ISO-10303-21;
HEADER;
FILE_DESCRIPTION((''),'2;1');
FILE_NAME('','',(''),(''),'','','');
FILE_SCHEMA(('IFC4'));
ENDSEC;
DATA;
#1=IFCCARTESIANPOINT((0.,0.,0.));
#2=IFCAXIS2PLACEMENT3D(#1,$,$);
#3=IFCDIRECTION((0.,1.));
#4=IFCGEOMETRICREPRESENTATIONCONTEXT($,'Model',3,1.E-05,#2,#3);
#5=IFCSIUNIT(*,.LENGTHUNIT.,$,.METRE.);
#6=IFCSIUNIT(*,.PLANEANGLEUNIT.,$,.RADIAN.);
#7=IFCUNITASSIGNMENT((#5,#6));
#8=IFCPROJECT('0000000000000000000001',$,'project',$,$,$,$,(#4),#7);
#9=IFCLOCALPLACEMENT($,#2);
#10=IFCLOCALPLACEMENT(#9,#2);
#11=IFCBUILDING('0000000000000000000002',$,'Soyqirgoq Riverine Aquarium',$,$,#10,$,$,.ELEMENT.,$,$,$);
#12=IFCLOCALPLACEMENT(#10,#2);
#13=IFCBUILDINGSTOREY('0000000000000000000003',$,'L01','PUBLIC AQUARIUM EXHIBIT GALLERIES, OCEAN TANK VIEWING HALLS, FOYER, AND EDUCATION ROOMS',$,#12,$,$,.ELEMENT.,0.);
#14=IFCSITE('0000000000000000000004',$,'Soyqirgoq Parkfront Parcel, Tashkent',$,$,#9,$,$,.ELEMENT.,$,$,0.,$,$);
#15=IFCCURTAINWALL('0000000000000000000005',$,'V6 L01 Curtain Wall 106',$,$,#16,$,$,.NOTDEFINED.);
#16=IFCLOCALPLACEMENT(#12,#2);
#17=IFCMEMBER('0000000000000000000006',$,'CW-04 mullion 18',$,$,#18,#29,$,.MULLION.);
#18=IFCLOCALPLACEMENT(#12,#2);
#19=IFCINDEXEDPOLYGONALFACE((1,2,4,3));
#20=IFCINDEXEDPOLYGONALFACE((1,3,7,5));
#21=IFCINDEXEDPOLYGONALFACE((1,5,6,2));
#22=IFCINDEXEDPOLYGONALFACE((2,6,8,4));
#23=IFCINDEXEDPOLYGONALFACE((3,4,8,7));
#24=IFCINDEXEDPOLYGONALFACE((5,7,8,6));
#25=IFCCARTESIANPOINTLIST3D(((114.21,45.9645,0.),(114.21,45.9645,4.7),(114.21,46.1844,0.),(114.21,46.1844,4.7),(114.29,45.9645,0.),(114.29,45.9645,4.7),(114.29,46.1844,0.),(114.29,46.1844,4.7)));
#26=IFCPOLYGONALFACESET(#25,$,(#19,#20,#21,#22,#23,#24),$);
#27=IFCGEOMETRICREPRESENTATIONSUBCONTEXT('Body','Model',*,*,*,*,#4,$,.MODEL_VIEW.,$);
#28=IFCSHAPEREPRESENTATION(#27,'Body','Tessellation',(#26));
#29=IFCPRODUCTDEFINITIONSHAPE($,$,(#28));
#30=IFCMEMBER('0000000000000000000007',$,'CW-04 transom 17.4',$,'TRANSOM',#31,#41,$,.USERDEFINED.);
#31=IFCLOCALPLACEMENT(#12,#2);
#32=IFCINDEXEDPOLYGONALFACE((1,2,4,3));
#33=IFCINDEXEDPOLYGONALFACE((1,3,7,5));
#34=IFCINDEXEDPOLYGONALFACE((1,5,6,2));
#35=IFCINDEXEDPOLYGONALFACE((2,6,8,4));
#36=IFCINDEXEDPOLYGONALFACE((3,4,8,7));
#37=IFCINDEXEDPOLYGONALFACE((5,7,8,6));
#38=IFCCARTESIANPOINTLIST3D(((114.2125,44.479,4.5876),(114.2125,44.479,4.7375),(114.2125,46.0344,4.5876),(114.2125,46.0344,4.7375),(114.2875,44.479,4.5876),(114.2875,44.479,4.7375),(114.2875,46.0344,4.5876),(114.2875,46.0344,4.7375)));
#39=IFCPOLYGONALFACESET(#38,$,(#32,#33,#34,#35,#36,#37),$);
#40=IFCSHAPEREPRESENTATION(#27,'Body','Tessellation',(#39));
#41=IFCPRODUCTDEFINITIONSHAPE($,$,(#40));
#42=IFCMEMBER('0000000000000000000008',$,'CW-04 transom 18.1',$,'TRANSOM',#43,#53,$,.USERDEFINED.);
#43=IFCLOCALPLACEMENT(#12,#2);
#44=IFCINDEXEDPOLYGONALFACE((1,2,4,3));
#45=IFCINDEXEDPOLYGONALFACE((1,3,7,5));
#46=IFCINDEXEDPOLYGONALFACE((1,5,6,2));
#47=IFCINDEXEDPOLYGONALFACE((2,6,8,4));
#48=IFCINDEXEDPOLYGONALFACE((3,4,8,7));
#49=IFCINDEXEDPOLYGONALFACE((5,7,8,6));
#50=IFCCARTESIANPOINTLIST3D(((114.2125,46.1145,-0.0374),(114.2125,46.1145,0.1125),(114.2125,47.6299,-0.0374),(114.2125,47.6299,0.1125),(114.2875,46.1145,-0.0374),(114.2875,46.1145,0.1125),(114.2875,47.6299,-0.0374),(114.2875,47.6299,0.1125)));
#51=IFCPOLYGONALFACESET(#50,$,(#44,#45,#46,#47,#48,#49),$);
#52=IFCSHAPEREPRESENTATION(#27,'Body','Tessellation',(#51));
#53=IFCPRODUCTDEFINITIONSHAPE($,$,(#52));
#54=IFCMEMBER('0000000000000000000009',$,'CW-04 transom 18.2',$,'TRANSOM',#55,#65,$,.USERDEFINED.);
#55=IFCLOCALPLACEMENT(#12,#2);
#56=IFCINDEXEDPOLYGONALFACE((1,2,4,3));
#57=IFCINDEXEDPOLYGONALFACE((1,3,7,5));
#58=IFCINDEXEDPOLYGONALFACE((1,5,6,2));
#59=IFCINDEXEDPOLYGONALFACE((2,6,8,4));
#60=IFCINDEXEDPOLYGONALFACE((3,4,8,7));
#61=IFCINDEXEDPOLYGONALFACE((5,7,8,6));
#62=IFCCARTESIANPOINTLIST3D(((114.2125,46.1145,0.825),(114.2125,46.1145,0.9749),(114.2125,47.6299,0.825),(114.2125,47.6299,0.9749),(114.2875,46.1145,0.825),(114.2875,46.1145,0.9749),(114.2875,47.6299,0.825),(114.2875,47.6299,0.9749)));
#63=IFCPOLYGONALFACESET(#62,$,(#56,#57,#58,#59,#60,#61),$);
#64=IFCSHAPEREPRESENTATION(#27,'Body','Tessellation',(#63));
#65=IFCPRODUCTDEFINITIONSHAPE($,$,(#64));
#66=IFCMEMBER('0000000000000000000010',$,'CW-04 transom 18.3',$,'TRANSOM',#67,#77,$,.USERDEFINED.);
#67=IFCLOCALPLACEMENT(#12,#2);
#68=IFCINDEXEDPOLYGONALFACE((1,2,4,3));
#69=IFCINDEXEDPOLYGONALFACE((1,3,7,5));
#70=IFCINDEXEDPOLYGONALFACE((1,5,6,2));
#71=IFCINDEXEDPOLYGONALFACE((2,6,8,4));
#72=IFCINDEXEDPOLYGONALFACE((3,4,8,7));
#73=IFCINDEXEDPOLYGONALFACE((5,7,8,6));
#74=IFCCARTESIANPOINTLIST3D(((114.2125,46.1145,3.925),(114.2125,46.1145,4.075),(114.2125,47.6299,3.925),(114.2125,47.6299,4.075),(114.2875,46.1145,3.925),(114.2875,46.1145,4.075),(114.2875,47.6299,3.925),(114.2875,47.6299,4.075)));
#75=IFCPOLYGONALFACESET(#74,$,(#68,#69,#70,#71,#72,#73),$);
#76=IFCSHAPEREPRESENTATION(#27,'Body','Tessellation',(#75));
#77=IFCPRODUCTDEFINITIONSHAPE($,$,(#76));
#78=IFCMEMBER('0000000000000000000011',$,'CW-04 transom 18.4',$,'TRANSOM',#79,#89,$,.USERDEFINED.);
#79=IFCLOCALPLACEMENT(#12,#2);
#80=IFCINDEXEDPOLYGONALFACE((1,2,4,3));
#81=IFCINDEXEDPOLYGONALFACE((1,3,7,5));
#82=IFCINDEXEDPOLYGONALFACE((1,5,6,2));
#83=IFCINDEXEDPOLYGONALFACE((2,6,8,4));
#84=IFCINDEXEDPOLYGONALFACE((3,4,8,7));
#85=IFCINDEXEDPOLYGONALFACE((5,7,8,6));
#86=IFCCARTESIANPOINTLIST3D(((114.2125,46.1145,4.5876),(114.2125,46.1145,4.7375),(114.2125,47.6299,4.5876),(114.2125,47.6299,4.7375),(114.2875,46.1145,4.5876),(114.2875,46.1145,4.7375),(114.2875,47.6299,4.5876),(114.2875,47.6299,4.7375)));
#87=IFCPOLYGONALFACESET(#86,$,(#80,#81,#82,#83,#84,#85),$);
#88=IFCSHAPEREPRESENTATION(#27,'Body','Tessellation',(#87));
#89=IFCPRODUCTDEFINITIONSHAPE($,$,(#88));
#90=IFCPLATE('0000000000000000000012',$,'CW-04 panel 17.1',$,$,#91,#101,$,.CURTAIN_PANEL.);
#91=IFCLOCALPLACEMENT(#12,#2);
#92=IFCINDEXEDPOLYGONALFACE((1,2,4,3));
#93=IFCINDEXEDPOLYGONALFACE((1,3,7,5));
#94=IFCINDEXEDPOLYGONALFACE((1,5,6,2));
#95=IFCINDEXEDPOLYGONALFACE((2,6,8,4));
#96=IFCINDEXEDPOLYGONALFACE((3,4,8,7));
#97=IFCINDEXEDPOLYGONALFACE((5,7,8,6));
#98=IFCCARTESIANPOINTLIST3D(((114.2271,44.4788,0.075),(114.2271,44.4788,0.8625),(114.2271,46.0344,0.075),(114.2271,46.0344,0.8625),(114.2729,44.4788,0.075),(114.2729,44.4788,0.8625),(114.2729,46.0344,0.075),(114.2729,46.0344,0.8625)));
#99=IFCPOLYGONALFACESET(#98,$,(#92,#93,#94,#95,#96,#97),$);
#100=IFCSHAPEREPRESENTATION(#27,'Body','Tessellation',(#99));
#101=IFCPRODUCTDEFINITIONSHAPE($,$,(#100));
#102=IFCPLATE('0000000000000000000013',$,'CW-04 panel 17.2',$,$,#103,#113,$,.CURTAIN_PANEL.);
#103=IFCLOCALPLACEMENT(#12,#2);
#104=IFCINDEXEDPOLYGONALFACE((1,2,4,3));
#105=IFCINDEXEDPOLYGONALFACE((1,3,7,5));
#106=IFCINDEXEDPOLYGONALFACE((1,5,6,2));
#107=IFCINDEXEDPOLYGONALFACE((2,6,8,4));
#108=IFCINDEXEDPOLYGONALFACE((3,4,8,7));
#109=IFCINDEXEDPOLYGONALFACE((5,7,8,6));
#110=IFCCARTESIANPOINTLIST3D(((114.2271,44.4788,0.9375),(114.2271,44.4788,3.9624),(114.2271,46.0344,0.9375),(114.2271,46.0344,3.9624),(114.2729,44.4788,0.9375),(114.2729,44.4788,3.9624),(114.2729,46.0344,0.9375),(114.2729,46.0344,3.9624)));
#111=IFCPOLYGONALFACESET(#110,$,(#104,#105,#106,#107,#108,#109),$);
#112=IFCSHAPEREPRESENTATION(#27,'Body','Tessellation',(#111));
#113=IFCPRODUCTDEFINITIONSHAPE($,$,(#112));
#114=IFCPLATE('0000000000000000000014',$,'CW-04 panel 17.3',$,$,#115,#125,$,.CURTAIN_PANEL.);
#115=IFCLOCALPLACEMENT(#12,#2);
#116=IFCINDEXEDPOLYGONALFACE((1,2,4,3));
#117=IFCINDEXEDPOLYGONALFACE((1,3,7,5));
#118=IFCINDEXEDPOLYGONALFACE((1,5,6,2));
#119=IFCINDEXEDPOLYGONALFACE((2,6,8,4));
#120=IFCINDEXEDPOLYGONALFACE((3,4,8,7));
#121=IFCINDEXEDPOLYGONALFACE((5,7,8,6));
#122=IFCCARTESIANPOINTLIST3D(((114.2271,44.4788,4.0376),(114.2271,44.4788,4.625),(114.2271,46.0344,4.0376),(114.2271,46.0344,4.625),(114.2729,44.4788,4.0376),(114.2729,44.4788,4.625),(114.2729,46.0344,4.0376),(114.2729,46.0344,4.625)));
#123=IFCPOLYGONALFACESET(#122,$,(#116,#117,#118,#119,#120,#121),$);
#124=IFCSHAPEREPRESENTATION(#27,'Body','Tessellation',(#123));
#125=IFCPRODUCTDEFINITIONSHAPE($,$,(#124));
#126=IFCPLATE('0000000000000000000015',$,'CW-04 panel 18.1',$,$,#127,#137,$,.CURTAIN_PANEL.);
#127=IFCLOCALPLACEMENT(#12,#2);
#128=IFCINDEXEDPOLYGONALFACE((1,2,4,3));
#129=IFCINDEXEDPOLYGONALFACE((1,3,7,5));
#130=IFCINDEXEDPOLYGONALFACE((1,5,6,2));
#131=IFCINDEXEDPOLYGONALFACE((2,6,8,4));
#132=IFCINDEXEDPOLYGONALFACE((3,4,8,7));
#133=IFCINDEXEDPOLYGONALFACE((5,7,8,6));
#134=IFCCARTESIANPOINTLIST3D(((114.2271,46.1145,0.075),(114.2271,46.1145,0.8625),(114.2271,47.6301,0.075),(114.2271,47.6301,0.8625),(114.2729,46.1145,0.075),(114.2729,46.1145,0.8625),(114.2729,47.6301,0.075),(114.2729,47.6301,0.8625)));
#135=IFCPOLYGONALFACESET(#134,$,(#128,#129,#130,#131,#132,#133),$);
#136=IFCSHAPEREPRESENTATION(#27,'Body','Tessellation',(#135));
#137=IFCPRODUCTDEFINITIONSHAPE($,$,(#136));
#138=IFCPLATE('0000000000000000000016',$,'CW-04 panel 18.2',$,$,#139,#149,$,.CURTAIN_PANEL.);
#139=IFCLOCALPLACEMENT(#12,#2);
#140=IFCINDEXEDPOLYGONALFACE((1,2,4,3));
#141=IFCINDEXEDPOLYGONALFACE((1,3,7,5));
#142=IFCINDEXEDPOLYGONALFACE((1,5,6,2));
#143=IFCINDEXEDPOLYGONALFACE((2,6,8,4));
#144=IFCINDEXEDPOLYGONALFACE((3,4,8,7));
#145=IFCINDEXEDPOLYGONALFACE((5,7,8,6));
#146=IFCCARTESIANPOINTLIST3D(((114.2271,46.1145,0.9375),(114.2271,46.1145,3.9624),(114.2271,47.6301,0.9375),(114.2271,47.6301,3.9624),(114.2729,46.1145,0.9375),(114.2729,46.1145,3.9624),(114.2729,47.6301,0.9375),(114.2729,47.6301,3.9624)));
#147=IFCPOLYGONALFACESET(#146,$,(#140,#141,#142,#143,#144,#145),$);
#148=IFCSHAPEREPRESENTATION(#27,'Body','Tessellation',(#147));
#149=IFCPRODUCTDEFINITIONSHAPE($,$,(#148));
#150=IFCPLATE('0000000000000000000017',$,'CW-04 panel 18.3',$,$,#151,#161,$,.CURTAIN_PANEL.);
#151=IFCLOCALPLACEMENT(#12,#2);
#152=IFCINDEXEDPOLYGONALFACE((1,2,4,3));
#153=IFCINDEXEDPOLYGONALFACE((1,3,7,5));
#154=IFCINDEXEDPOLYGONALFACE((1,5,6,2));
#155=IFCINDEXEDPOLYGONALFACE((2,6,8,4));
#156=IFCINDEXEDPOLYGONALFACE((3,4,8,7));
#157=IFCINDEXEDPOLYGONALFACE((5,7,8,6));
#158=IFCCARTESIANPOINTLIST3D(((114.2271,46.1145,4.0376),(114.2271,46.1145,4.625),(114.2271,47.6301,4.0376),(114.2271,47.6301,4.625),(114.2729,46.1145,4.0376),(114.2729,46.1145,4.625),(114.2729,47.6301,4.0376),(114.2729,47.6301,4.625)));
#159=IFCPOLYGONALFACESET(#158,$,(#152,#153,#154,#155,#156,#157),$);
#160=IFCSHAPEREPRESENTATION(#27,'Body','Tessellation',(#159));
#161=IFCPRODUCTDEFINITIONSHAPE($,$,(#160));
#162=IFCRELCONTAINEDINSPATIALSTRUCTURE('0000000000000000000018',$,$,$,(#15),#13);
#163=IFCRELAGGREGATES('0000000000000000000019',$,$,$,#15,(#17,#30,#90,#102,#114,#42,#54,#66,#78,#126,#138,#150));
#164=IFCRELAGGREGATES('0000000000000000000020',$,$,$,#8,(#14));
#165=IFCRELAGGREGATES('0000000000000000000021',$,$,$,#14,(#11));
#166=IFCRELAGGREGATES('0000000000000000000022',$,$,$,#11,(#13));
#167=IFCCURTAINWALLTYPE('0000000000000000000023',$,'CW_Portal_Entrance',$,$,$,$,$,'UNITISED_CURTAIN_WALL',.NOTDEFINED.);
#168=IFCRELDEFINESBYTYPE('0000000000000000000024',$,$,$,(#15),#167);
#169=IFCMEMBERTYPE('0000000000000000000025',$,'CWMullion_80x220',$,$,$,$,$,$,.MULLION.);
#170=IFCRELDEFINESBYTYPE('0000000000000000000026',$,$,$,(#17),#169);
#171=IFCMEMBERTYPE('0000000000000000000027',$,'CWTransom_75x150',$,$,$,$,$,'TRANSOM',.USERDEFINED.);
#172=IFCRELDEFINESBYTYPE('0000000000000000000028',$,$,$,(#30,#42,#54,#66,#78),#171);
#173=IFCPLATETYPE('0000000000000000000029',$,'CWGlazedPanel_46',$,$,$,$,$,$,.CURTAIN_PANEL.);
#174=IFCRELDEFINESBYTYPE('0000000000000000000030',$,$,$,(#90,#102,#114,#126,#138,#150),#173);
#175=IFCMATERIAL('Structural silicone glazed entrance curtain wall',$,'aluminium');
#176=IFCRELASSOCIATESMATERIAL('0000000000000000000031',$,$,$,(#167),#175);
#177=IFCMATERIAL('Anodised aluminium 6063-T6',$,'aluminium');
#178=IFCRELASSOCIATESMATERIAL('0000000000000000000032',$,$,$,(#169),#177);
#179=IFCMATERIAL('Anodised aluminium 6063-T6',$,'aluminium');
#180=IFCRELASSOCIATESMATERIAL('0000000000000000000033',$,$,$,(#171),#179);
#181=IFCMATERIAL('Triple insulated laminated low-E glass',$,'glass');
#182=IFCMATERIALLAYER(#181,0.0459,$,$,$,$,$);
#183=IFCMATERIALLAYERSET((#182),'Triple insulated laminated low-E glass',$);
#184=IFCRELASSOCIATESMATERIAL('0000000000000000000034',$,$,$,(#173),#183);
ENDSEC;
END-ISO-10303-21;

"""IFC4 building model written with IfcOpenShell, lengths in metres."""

from ifc_helpers import new_model, si_unit, direction, frame, origin, origin_2d, place, context, subcontext, project, spatial, rectangle, extrude, material, layer, layer_set, material_profile, profile_set, type_object, element, aggregate, save


model = new_model("IFC4")

# Units and contexts
model_context = context("Model", 3, precision=1e-05, world=origin(), true_north=direction((0.0, 1.0)))
body_context = subcontext(model_context, "Body", "Model", "MODEL_VIEW")
ifc_project = project(units=[si_unit("LENGTHUNIT", "METRE"), si_unit("PLANEANGLEUNIT", "RADIAN")], contexts=[model_context])

# Site, building, storey
site_placement = place(None, origin())
site = spatial("IfcSite", under=ifc_project, at=site_placement, Name="Soyqirgoq Parkfront Parcel, Tashkent", CompositionType="ELEMENT", RefElevation=0.0)
building_placement = place(site_placement, origin())
building = spatial("IfcBuilding", under=site, at=building_placement, Name="Soyqirgoq Riverine Aquarium", CompositionType="ELEMENT")
storey_placement = place(building_placement, origin())
storey = spatial("IfcBuildingStorey", under=building, at=storey_placement, Name="L01", Description="PUBLIC AQUARIUM EXHIBIT GALLERIES, OCEAN TANK VIEWING HALLS, FOYER, AND EDUCATION ROOMS", CompositionType="ELEMENT", Elevation=0.0)

# Curtain wall, members, plates
ifc_material_1 = material(Name="Structural silicone glazed entrance curtain wall", Category="aluminium")
curtain_wall_type = type_object("IfcCurtainWallType", Name="CW_Portal_Entrance", ElementType="UNITISED_CURTAIN_WALL", PredefinedType="NOTDEFINED", material=ifc_material_1)
curtain_wall_placement = place(storey_placement, origin())
curtain_wall = element("IfcCurtainWall", 1, at=curtain_wall_placement, inside=storey, type_object=curtain_wall_type, Name="V6 L01 Curtain Wall 106", PredefinedType="NOTDEFINED")
ifc_material_2 = material(Name="Anodised aluminium 6063-T6", Category="aluminium")
ifc_material_profile_1 = material_profile(ifc_material_2, rectangle(XDim=0.0801, YDim=0.22, at=origin_2d()), Name="ALU-M 80x220")
ifc_profile_set_1 = profile_set([ifc_material_profile_1], Name="Anodised aluminium 6063-T6")
member_type_1 = type_object("IfcMemberType", Name="CWMullion_80x220", PredefinedType="MULLION", material=ifc_profile_set_1)
member_1_placement = place(storey_placement, frame((114.25, 46.0745, 0.0), z_axis=(0.0, 0.0, 1.0), x_axis=(-1.0, 0.0, 0.0)))
member_1 = element("IfcMember", 2, at=member_1_placement, type_object=member_type_1, Name="CW-04 mullion 18", PredefinedType="MULLION", context=body_context, shape_type="SweptSolid", body=[
    extrude(rectangle(XDim=0.0801, YDim=0.22, at=origin_2d()), origin(), (0.0, 0.0, 1.0), 4.7),
])
ifc_material_3 = material(Name="Anodised aluminium 6063-T6", Category="aluminium")
ifc_material_profile_2 = material_profile(ifc_material_3, rectangle(XDim=0.075, YDim=0.1499, at=origin_2d()), Name="ALU-T 75x150")
ifc_profile_set_2 = profile_set([ifc_material_profile_2], Name="Anodised aluminium 6063-T6")
member_type_2 = type_object("IfcMemberType", Name="CWTransom_75x150", ElementType="TRANSOM", PredefinedType="USERDEFINED", material=ifc_profile_set_2)
member_2_placement = place(storey_placement, frame((114.25, 44.479, 4.6626), z_axis=(0.0, 1.0, 0.0), x_axis=(-1.0, 0.0, 0.0)))
member_2 = element("IfcMember", 3, at=member_2_placement, type_object=member_type_2, Name="CW-04 transom 17.4", ObjectType="TRANSOM", PredefinedType="USERDEFINED", context=body_context, shape_type="SweptSolid", body=[
    extrude(rectangle(XDim=0.075, YDim=0.1499, at=origin_2d()), origin(), (0.0, 0.0, 1.0), 1.5554),
])
member_3_placement = place(storey_placement, frame((114.25, 46.1145, 0.0376), z_axis=(0.0, 1.0, 0.0), x_axis=(-1.0, 0.0, 0.0)))
member_3 = element("IfcMember", 4, at=member_3_placement, type_object=member_type_2, Name="CW-04 transom 18.1", ObjectType="TRANSOM", PredefinedType="USERDEFINED", context=body_context, shape_type="SweptSolid", body=[
    extrude(rectangle(XDim=0.075, YDim=0.1499, at=origin_2d()), origin(), (0.0, 0.0, 1.0), 1.5154),
])
member_4_placement = place(storey_placement, frame((114.25, 46.1145, 0.8999), z_axis=(0.0, 1.0, 0.0), x_axis=(-1.0, 0.0, 0.0)))
member_4 = element("IfcMember", 5, at=member_4_placement, type_object=member_type_2, Name="CW-04 transom 18.2", ObjectType="TRANSOM", PredefinedType="USERDEFINED", context=body_context, shape_type="SweptSolid", body=[
    extrude(rectangle(XDim=0.075, YDim=0.1499, at=origin_2d()), origin(), (0.0, 0.0, 1.0), 1.5154),
])
member_5_placement = place(storey_placement, frame((114.25, 46.1145, 4.0), z_axis=(0.0, 1.0, 0.0), x_axis=(-1.0, 0.0, 0.0)))
member_5 = element("IfcMember", 6, at=member_5_placement, type_object=member_type_2, Name="CW-04 transom 18.3", ObjectType="TRANSOM", PredefinedType="USERDEFINED", context=body_context, shape_type="SweptSolid", body=[
    extrude(rectangle(XDim=0.075, YDim=0.1499, at=origin_2d()), origin(), (0.0, 0.0, 1.0), 1.5154),
])
member_6_placement = place(storey_placement, frame((114.25, 46.1145, 4.6626), z_axis=(0.0, 1.0, 0.0), x_axis=(-1.0, 0.0, 0.0)))
member_6 = element("IfcMember", 7, at=member_6_placement, type_object=member_type_2, Name="CW-04 transom 18.4", ObjectType="TRANSOM", PredefinedType="USERDEFINED", context=body_context, shape_type="SweptSolid", body=[
    extrude(rectangle(XDim=0.075, YDim=0.1499, at=origin_2d()), origin(), (0.0, 0.0, 1.0), 1.5154),
])
ifc_material_4 = material(Name="Triple insulated laminated low-E glass", Category="glass")
ifc_layer = layer(ifc_material_4, 0.0459)
ifc_layer_set = layer_set([ifc_layer], Name="Triple insulated laminated low-E glass")
plate_type = type_object("IfcPlateType", Name="CWGlazedPanel_46", PredefinedType="CURTAIN_PANEL", material=ifc_layer_set)
plate_1_placement = place(storey_placement, frame((114.25, 45.2566, 0.075), z_axis=(0.0, 0.0, 1.0), x_axis=(0.0, 1.0, 0.0)))
plate_1 = element("IfcPlate", 8, at=plate_1_placement, type_object=plate_type, Name="CW-04 panel 17.1", PredefinedType="CURTAIN_PANEL", context=body_context, shape_type="SweptSolid", body=[
    extrude(rectangle(XDim=1.5557, YDim=0.0459, at=origin_2d()), origin(), (0.0, 0.0, 1.0), 0.7876),
])
plate_2_placement = place(storey_placement, frame((114.25, 45.2566, 0.9375), z_axis=(0.0, 0.0, 1.0), x_axis=(0.0, 1.0, 0.0)))
plate_2 = element("IfcPlate", 9, at=plate_2_placement, type_object=plate_type, Name="CW-04 panel 17.2", PredefinedType="CURTAIN_PANEL", context=body_context, shape_type="SweptSolid", body=[
    extrude(rectangle(XDim=1.5557, YDim=0.0459, at=origin_2d()), origin(), (0.0, 0.0, 1.0), 3.0249),
])
plate_3_placement = place(storey_placement, frame((114.25, 45.2566, 4.0376), z_axis=(0.0, 0.0, 1.0), x_axis=(0.0, 1.0, 0.0)))
plate_3 = element("IfcPlate", 10, at=plate_3_placement, type_object=plate_type, Name="CW-04 panel 17.3", PredefinedType="CURTAIN_PANEL", context=body_context, shape_type="SweptSolid", body=[
    extrude(rectangle(XDim=1.5557, YDim=0.0459, at=origin_2d()), origin(), (0.0, 0.0, 1.0), 0.5874),
])
plate_4_placement = place(storey_placement, frame((114.25, 46.8723, 0.075), z_axis=(0.0, 0.0, 1.0), x_axis=(0.0, 1.0, 0.0)))
plate_4 = element("IfcPlate", 11, at=plate_4_placement, type_object=plate_type, Name="CW-04 panel 18.1", PredefinedType="CURTAIN_PANEL", context=body_context, shape_type="SweptSolid", body=[
    extrude(rectangle(XDim=1.5156, YDim=0.0459, at=origin_2d()), origin(), (0.0, 0.0, 1.0), 0.7876),
])
plate_5_placement = place(storey_placement, frame((114.25, 46.8723, 0.9375), z_axis=(0.0, 0.0, 1.0), x_axis=(0.0, 1.0, 0.0)))
plate_5 = element("IfcPlate", 12, at=plate_5_placement, type_object=plate_type, Name="CW-04 panel 18.2", PredefinedType="CURTAIN_PANEL", context=body_context, shape_type="SweptSolid", body=[
    extrude(rectangle(XDim=1.5156, YDim=0.0459, at=origin_2d()), origin(), (0.0, 0.0, 1.0), 3.0249),
])
plate_6_placement = place(storey_placement, frame((114.25, 46.8723, 4.0376), z_axis=(0.0, 0.0, 1.0), x_axis=(0.0, 1.0, 0.0)))
plate_6 = element("IfcPlate", 13, at=plate_6_placement, type_object=plate_type, Name="CW-04 panel 18.3", PredefinedType="CURTAIN_PANEL", context=body_context, shape_type="SweptSolid", body=[
    extrude(rectangle(XDim=1.5156, YDim=0.0459, at=origin_2d()), origin(), (0.0, 0.0, 1.0), 0.5874),
])
aggregate(curtain_wall, [member_1, member_2, plate_1, plate_2, plate_3, member_3, member_4, member_5, member_6, plate_4, plate_5, plate_6])

save(model, "model.ifc")
